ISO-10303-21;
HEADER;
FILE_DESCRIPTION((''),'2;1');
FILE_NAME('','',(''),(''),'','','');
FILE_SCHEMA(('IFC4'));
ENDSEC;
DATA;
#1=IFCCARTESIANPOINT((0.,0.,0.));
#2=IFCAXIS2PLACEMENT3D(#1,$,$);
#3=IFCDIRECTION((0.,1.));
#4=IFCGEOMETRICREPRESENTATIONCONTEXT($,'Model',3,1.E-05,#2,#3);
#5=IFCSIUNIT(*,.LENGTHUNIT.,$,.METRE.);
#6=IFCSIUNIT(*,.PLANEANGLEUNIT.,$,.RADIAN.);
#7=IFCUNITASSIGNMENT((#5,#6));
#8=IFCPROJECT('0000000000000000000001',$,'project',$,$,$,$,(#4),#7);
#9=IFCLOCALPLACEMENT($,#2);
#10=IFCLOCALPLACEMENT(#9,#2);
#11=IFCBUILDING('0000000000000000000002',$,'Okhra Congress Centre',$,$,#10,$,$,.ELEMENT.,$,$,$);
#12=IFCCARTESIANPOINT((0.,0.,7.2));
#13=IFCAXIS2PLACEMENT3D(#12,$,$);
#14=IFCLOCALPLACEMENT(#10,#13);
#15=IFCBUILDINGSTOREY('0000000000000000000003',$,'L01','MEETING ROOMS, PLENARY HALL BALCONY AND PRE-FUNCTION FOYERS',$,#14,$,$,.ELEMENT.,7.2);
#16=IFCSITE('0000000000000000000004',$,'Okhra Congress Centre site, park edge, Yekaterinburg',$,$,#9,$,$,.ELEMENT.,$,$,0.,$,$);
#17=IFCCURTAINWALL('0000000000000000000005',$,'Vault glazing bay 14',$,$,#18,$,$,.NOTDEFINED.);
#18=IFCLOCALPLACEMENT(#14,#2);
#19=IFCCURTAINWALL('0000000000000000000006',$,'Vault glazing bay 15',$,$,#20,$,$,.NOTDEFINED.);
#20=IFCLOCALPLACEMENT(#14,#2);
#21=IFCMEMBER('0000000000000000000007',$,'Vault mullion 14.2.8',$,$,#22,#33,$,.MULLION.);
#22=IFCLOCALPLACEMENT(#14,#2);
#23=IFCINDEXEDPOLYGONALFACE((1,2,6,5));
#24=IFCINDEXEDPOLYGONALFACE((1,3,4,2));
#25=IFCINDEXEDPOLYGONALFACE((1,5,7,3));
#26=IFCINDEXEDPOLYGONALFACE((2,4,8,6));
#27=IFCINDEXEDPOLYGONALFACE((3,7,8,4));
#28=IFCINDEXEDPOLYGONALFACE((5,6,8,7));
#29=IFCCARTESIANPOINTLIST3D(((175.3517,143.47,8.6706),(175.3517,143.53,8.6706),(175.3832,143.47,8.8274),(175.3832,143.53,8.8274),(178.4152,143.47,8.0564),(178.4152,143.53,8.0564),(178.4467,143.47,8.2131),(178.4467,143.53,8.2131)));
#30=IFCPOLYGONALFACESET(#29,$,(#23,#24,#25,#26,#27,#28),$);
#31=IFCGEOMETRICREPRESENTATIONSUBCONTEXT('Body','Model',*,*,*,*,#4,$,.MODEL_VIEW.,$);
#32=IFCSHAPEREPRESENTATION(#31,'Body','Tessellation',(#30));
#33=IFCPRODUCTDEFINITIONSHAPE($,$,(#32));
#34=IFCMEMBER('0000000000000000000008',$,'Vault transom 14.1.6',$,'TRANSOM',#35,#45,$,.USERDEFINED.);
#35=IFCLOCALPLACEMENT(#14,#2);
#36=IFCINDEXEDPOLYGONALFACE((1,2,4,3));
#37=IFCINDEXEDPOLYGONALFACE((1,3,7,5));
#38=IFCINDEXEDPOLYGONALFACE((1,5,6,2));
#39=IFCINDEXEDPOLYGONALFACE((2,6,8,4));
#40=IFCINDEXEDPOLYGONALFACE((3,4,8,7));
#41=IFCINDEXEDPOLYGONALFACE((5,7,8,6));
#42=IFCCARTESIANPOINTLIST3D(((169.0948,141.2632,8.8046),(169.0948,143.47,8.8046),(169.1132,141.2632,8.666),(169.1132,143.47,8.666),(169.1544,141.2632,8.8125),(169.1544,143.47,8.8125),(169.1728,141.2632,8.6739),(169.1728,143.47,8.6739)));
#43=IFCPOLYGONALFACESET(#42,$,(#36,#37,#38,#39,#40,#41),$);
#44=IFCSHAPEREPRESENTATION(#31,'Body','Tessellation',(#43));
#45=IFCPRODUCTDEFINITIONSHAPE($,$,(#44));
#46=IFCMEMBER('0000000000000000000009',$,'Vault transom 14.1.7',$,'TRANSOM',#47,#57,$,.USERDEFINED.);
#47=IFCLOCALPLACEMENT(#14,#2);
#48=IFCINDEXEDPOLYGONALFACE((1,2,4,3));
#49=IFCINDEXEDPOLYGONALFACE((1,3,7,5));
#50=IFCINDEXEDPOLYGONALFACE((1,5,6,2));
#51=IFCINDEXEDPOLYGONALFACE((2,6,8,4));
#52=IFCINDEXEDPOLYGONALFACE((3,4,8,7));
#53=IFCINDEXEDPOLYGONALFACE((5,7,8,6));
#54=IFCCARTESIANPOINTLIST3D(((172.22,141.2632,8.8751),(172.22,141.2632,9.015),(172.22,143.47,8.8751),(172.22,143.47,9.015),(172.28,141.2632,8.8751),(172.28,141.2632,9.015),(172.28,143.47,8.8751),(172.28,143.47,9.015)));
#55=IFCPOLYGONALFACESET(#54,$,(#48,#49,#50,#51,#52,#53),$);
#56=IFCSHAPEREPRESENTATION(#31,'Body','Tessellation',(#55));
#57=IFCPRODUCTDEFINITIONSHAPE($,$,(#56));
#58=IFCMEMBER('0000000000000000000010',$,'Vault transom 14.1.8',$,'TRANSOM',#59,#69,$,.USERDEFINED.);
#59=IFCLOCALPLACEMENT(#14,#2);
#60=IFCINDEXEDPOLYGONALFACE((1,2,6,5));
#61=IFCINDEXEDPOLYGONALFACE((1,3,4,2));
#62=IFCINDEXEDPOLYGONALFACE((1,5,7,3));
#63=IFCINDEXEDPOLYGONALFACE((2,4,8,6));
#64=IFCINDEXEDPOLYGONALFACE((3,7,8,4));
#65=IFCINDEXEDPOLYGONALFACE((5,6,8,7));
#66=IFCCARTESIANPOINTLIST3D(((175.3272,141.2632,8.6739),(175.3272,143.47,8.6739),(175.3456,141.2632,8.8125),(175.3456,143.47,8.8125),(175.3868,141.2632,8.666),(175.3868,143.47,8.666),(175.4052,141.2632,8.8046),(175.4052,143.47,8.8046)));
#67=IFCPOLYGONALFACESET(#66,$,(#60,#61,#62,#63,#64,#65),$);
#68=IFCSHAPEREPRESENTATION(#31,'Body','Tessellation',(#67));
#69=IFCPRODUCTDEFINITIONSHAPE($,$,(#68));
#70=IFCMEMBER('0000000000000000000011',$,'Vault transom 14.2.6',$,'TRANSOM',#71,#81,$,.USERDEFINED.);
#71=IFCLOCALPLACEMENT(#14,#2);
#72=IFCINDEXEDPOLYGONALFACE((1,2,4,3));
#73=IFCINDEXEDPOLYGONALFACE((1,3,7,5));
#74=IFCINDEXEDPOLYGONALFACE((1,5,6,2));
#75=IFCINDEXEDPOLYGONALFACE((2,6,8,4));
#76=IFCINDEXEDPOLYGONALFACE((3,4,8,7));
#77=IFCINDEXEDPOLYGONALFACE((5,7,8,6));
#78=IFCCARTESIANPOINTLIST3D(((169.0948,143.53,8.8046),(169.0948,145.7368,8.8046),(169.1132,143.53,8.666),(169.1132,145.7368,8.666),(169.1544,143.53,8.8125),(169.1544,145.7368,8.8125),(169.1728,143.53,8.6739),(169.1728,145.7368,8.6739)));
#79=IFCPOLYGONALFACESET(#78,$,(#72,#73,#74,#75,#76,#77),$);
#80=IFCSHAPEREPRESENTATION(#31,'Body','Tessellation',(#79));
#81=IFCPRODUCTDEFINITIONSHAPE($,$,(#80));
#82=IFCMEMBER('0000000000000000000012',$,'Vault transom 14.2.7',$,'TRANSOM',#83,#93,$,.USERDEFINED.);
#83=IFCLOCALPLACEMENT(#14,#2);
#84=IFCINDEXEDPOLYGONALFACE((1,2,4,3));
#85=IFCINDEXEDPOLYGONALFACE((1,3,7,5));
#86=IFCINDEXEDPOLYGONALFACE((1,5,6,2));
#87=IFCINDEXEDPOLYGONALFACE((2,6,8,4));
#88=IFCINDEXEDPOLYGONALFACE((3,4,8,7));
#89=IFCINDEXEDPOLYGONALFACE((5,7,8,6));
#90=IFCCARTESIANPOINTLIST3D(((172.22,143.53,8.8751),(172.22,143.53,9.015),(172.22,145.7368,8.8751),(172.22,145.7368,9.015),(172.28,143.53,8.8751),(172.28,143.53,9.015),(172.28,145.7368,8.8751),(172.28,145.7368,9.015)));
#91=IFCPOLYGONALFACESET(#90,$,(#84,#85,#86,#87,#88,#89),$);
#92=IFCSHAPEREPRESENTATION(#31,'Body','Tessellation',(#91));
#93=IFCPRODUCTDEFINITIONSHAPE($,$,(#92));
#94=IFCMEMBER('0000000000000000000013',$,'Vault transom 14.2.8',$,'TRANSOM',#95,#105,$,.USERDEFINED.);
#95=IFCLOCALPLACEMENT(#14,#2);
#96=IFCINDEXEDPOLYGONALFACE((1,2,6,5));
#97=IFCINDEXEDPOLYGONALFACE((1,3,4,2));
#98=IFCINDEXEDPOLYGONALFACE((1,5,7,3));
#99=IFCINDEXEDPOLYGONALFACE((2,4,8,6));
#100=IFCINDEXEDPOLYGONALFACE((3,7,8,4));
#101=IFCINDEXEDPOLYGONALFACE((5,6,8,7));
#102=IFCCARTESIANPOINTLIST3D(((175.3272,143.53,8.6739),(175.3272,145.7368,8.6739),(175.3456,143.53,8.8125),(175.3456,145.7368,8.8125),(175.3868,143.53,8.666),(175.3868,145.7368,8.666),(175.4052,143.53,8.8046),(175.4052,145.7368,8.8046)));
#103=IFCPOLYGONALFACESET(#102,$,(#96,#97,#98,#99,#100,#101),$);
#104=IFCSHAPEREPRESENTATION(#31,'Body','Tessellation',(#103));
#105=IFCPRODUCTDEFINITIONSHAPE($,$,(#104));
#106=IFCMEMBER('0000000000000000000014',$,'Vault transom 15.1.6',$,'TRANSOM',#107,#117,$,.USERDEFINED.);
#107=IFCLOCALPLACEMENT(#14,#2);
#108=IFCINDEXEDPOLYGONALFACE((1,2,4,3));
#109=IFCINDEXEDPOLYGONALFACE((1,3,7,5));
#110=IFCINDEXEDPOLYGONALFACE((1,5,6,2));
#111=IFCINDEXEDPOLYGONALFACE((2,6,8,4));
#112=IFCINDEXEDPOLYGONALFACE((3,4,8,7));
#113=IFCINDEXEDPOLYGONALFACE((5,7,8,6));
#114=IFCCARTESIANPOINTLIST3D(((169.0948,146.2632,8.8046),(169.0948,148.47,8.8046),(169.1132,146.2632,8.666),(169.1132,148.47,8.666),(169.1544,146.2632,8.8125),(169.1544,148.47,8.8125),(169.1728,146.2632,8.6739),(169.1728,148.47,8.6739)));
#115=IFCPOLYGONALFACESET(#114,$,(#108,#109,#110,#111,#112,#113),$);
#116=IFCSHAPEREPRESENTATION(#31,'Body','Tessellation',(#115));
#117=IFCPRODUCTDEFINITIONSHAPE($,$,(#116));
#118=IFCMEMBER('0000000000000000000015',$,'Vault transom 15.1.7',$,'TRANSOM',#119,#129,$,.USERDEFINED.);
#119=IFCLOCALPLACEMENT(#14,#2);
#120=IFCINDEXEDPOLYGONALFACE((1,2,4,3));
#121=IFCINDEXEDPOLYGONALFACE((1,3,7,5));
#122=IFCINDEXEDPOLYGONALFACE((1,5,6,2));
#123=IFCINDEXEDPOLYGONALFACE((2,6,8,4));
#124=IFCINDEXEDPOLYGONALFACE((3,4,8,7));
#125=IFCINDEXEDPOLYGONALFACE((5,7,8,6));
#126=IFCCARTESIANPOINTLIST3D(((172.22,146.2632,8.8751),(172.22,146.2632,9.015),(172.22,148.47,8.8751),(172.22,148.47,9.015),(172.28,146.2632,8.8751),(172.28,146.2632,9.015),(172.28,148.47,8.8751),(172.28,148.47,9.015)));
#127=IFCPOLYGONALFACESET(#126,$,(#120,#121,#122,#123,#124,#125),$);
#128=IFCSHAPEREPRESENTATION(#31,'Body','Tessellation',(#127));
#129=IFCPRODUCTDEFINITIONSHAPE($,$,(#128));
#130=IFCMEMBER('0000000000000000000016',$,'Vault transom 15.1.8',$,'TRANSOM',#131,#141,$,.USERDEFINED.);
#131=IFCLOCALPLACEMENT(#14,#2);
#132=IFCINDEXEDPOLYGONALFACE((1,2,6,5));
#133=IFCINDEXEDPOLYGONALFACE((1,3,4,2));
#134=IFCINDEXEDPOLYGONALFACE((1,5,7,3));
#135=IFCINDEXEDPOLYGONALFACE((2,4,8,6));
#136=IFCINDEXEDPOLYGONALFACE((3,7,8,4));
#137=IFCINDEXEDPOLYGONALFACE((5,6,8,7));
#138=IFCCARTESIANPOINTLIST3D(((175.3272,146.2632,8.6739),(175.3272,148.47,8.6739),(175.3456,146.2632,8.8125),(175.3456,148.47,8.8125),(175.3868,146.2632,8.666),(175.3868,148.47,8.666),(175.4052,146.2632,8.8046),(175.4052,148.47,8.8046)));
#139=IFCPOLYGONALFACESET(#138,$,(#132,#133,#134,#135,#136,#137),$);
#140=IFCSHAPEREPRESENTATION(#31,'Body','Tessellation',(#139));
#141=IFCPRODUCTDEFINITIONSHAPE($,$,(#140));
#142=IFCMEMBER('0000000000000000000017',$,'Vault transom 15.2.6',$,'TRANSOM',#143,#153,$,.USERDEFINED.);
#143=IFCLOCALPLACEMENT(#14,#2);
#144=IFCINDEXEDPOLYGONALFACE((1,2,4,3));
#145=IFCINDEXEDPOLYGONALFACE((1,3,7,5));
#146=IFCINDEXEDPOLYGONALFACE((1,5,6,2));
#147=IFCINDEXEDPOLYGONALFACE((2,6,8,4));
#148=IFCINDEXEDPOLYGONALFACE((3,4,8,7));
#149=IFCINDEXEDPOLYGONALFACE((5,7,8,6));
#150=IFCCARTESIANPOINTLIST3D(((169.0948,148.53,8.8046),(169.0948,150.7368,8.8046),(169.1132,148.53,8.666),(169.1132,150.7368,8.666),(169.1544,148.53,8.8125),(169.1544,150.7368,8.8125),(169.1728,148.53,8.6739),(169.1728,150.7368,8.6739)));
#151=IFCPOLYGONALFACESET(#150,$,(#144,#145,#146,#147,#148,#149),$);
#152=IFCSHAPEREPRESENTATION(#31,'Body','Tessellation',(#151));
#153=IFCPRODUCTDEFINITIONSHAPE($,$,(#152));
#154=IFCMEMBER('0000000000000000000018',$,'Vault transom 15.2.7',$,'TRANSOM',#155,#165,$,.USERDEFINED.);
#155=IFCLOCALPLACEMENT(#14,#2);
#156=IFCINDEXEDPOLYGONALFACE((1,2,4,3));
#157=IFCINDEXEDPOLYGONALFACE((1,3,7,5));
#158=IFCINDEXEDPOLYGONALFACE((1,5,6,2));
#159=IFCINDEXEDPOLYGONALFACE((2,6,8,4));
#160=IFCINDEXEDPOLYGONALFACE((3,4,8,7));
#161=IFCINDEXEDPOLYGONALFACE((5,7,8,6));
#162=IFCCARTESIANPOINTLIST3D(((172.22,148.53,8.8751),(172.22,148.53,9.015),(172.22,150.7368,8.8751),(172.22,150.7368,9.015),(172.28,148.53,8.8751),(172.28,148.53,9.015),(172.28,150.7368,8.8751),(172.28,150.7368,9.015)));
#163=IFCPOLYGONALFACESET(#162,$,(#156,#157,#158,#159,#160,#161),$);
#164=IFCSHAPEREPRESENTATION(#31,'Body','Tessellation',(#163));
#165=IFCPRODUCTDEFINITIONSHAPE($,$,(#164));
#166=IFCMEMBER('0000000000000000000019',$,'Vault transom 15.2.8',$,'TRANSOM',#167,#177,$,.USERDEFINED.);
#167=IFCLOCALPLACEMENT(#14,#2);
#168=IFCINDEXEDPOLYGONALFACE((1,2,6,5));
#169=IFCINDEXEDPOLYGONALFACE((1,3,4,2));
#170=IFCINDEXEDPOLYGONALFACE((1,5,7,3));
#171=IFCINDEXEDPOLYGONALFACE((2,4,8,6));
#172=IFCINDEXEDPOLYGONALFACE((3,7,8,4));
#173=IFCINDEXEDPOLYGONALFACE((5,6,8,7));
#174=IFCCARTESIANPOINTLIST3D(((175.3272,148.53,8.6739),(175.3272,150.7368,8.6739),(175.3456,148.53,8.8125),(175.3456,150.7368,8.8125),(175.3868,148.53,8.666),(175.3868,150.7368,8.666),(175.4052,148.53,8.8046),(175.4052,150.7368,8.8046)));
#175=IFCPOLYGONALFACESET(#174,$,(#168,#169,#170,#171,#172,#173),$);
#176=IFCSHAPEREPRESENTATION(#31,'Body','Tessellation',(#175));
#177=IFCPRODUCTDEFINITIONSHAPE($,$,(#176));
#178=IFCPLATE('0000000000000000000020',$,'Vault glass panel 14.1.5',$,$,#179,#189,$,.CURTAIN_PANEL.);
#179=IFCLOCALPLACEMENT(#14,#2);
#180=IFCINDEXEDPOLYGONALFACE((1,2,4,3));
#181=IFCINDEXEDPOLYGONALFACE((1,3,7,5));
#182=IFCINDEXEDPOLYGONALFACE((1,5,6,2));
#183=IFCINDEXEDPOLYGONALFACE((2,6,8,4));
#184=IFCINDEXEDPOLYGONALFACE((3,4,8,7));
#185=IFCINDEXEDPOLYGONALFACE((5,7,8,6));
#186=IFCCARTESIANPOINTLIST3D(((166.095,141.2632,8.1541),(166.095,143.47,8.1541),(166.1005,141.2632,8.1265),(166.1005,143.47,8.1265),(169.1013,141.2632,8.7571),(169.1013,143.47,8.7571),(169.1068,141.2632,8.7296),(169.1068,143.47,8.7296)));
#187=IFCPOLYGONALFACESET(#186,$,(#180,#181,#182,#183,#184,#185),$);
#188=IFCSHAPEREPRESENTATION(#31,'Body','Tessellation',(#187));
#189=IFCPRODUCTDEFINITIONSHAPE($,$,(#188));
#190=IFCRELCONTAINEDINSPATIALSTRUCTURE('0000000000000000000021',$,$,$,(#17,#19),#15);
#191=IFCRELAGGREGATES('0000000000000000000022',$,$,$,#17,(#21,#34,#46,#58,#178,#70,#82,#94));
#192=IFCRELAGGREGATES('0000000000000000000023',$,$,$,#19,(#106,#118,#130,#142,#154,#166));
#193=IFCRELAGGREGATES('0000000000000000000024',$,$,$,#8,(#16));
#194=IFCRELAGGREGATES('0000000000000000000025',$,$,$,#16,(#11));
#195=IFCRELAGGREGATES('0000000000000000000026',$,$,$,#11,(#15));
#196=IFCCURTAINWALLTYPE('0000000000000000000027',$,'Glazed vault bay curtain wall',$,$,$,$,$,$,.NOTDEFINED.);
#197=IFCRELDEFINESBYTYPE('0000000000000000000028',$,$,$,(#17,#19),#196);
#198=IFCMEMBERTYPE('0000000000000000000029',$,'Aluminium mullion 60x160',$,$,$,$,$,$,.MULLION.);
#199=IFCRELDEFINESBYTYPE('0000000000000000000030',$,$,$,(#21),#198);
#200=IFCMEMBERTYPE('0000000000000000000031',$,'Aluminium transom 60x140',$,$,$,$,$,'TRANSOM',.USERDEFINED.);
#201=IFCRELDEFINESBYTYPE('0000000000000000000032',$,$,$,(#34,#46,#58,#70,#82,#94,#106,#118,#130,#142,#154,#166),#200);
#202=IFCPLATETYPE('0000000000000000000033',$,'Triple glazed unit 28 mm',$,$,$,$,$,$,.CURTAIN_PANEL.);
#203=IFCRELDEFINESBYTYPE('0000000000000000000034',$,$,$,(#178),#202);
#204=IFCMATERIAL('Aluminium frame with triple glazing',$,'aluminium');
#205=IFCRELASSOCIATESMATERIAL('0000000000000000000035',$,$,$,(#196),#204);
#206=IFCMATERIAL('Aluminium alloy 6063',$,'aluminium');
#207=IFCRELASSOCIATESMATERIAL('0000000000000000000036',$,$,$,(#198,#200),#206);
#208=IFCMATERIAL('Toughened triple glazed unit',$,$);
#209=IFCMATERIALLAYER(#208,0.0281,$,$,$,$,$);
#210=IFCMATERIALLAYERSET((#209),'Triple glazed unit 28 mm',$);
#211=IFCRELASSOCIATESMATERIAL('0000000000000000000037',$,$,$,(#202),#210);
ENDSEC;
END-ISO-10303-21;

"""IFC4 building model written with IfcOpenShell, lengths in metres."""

from ifc_helpers import new_model, si_unit, direction, frame, origin, origin_2d, place, context, subcontext, project, spatial, polyline, rectangle, outline, extrude, material, layer, layer_set, material_profile, profile_set, type_object, element, aggregate, save


model = new_model("IFC4")

# Units and contexts
model_context = context("Model", 3, precision=1e-05, world=origin(), true_north=direction((0.0, 1.0)))
body_context = subcontext(model_context, "Body", "Model", "MODEL_VIEW")
ifc_project = project(units=[si_unit("LENGTHUNIT", "METRE"), si_unit("PLANEANGLEUNIT", "RADIAN")], contexts=[model_context])

# Site, building, storey
site_placement = place(None, origin())
site = spatial("IfcSite", under=ifc_project, at=site_placement, Name="Okhra Congress Centre site, park edge, Yekaterinburg", CompositionType="ELEMENT", RefElevation=0.0)
building_placement = place(site_placement, origin())
building = spatial("IfcBuilding", under=site, at=building_placement, Name="Okhra Congress Centre", CompositionType="ELEMENT")
storey_placement = place(building_placement, frame((0.0, 0.0, 7.2)))
storey = spatial("IfcBuildingStorey", under=building, at=storey_placement, Name="L01", Description="MEETING ROOMS, PLENARY HALL BALCONY AND PRE-FUNCTION FOYERS", CompositionType="ELEMENT", Elevation=7.2)

# Curtain walls
ifc_material_1 = material(Name="Aluminium frame with triple glazing", Category="aluminium")
curtain_wall_type = type_object("IfcCurtainWallType", Name="Glazed vault bay curtain wall", PredefinedType="NOTDEFINED", material=ifc_material_1)
curtain_wall_1_placement = place(storey_placement, origin())
curtain_wall_1 = element("IfcCurtainWall", 1, at=curtain_wall_1_placement, inside=storey, type_object=curtain_wall_type, Name="Vault glazing bay 14", PredefinedType="NOTDEFINED")
ifc_material_2 = material(Name="Aluminium alloy 6063", Category="aluminium")
curtain_wall_2_placement = place(storey_placement, origin())
curtain_wall_2 = element("IfcCurtainWall", 2, at=curtain_wall_2_placement, inside=storey, type_object=curtain_wall_type, Name="Vault glazing bay 15", PredefinedType="NOTDEFINED")

# Members
ifc_material_profile_1 = material_profile(ifc_material_2, rectangle(XDim=0.0601, YDim=0.1599, at=origin_2d()), Name="AL 60x160")
ifc_profile_set_1 = profile_set([ifc_material_profile_1], Name="Aluminium alloy 6063")
member_type_1 = type_object("IfcMemberType", Name="Aluminium mullion 60x160", PredefinedType="MULLION", material=ifc_profile_set_1)
member_1_placement = place(storey_placement, frame((175.3674, 143.5, 8.749), z_axis=(0.980484, 0.0, -0.196597), x_axis=(0.0, 1.0, 0.0)))
member_1 = element("IfcMember", 3, at=member_1_placement, type_object=member_type_1, Name="Vault mullion 14.2.8", PredefinedType="MULLION", context=body_context, shape_type="SweptSolid", body=[
    extrude(rectangle(XDim=0.0601, YDim=0.1599, at=origin_2d()), origin(), (0.0, 0.0, 1.0), 3.1245),
])
ifc_material_profile_2 = material_profile(ifc_material_2, rectangle(XDim=0.0601, YDim=0.1399, at=origin_2d()), Name="AL 60x140 transom")
ifc_profile_set_2 = profile_set([ifc_material_profile_2], Name="Aluminium alloy 6063")
member_type_2 = type_object("IfcMemberType", Name="Aluminium transom 60x140", ElementType="TRANSOM", PredefinedType="USERDEFINED", material=ifc_profile_set_2)
member_2_placement = place(storey_placement, frame((169.1338, 141.2632, 8.7393), z_axis=(0.0, 1.0, 0.0), x_axis=(-0.991307, 0.0, -0.131568)))
member_2 = element("IfcMember", 4, at=member_2_placement, type_object=member_type_2, Name="Vault transom 14.1.6", ObjectType="TRANSOM", PredefinedType="USERDEFINED", context=body_context, shape_type="SweptSolid", body=[
    extrude(rectangle(XDim=0.0601, YDim=0.1399, at=origin_2d()), origin(), (0.0, 0.0, 1.0), 2.2068),
])
member_3_placement = place(storey_placement, frame((172.25, 141.2632, 8.9451), z_axis=(0.0, 1.0, 0.0), x_axis=(-1.0, 0.0, 0.0)))
member_3 = element("IfcMember", 5, at=member_3_placement, type_object=member_type_2, Name="Vault transom 14.1.7", ObjectType="TRANSOM", PredefinedType="USERDEFINED", context=body_context, shape_type="SweptSolid", body=[
    extrude(rectangle(XDim=0.0601, YDim=0.1399, at=origin_2d()), origin(), (0.0, 0.0, 1.0), 2.2068),
])
member_4_placement = place(storey_placement, frame((175.3662, 141.2632, 8.7393), z_axis=(0.0, 1.0, 0.0), x_axis=(-0.991307, 0.0, 0.131568)))
member_4 = element("IfcMember", 6, at=member_4_placement, type_object=member_type_2, Name="Vault transom 14.1.8", ObjectType="TRANSOM", PredefinedType="USERDEFINED", context=body_context, shape_type="SweptSolid", body=[
    extrude(rectangle(XDim=0.0601, YDim=0.1399, at=origin_2d()), origin(), (0.0, 0.0, 1.0), 2.2068),
])
member_5_placement = place(storey_placement, frame((169.1338, 143.53, 8.7393), z_axis=(0.0, 1.0, 0.0), x_axis=(-0.991307, 0.0, -0.131568)))
member_5 = element("IfcMember", 7, at=member_5_placement, type_object=member_type_2, Name="Vault transom 14.2.6", ObjectType="TRANSOM", PredefinedType="USERDEFINED", context=body_context, shape_type="SweptSolid", body=[
    extrude(rectangle(XDim=0.0601, YDim=0.1399, at=origin_2d()), origin(), (0.0, 0.0, 1.0), 2.2068),
])
member_6_placement = place(storey_placement, frame((172.25, 143.53, 8.9451), z_axis=(0.0, 1.0, 0.0), x_axis=(-1.0, 0.0, 0.0)))
member_6 = element("IfcMember", 8, at=member_6_placement, type_object=member_type_2, Name="Vault transom 14.2.7", ObjectType="TRANSOM", PredefinedType="USERDEFINED", context=body_context, shape_type="SweptSolid", body=[
    extrude(rectangle(XDim=0.0601, YDim=0.1399, at=origin_2d()), origin(), (0.0, 0.0, 1.0), 2.2068),
])
member_7_placement = place(storey_placement, frame((175.3662, 143.53, 8.7393), z_axis=(0.0, 1.0, 0.0), x_axis=(-0.991307, 0.0, 0.131568)))
member_7 = element("IfcMember", 9, at=member_7_placement, type_object=member_type_2, Name="Vault transom 14.2.8", ObjectType="TRANSOM", PredefinedType="USERDEFINED", context=body_context, shape_type="SweptSolid", body=[
    extrude(rectangle(XDim=0.0601, YDim=0.1399, at=origin_2d()), origin(), (0.0, 0.0, 1.0), 2.2068),
])
member_8_placement = place(storey_placement, frame((169.1338, 146.2632, 8.7393), z_axis=(0.0, 1.0, 0.0), x_axis=(-0.991307, 0.0, -0.131568)))
member_8 = element("IfcMember", 10, at=member_8_placement, type_object=member_type_2, Name="Vault transom 15.1.6", ObjectType="TRANSOM", PredefinedType="USERDEFINED", context=body_context, shape_type="SweptSolid", body=[
    extrude(rectangle(XDim=0.0601, YDim=0.1399, at=origin_2d()), origin(), (0.0, 0.0, 1.0), 2.2068),
])
member_9_placement = place(storey_placement, frame((172.25, 146.2632, 8.9451), z_axis=(0.0, 1.0, 0.0), x_axis=(-1.0, 0.0, 0.0)))
member_9 = element("IfcMember", 11, at=member_9_placement, type_object=member_type_2, Name="Vault transom 15.1.7", ObjectType="TRANSOM", PredefinedType="USERDEFINED", context=body_context, shape_type="SweptSolid", body=[
    extrude(rectangle(XDim=0.0601, YDim=0.1399, at=origin_2d()), origin(), (0.0, 0.0, 1.0), 2.2068),
])
member_10_placement = place(storey_placement, frame((175.3662, 146.2632, 8.7393), z_axis=(0.0, 1.0, 0.0), x_axis=(-0.991307, 0.0, 0.131568)))
member_10 = element("IfcMember", 12, at=member_10_placement, type_object=member_type_2, Name="Vault transom 15.1.8", ObjectType="TRANSOM", PredefinedType="USERDEFINED", context=body_context, shape_type="SweptSolid", body=[
    extrude(rectangle(XDim=0.0601, YDim=0.1399, at=origin_2d()), origin(), (0.0, 0.0, 1.0), 2.2068),
])
member_11_placement = place(storey_placement, frame((169.1338, 148.53, 8.7393), z_axis=(0.0, 1.0, 0.0), x_axis=(-0.991307, 0.0, -0.131568)))
member_11 = element("IfcMember", 13, at=member_11_placement, type_object=member_type_2, Name="Vault transom 15.2.6", ObjectType="TRANSOM", PredefinedType="USERDEFINED", context=body_context, shape_type="SweptSolid", body=[
    extrude(rectangle(XDim=0.0601, YDim=0.1399, at=origin_2d()), origin(), (0.0, 0.0, 1.0), 2.2068),
])
member_12_placement = place(storey_placement, frame((172.25, 148.53, 8.9451), z_axis=(0.0, 1.0, 0.0), x_axis=(-1.0, 0.0, 0.0)))
member_12 = element("IfcMember", 14, at=member_12_placement, type_object=member_type_2, Name="Vault transom 15.2.7", ObjectType="TRANSOM", PredefinedType="USERDEFINED", context=body_context, shape_type="SweptSolid", body=[
    extrude(rectangle(XDim=0.0601, YDim=0.1399, at=origin_2d()), origin(), (0.0, 0.0, 1.0), 2.2068),
])
member_13_placement = place(storey_placement, frame((175.3662, 148.53, 8.7393), z_axis=(0.0, 1.0, 0.0), x_axis=(-0.991307, 0.0, 0.131568)))
member_13 = element("IfcMember", 15, at=member_13_placement, type_object=member_type_2, Name="Vault transom 15.2.8", ObjectType="TRANSOM", PredefinedType="USERDEFINED", context=body_context, shape_type="SweptSolid", body=[
    extrude(rectangle(XDim=0.0601, YDim=0.1399, at=origin_2d()), origin(), (0.0, 0.0, 1.0), 2.2068),
])

# Plate
ifc_material_3 = material(Name="Toughened triple glazed unit")
ifc_layer = layer(ifc_material_3, 0.0281)
ifc_layer_set = layer_set([ifc_layer], Name="Triple glazed unit 28 mm")
plate_type = type_object("IfcPlateType", Name="Triple glazed unit 28 mm", PredefinedType="CURTAIN_PANEL", material=ifc_layer_set)
plate_1_placement = place(storey_placement, frame((166.095, 141.2632, 8.1541), z_axis=(-0.196667, 0.0, 0.98047), x_axis=(0.98047, 0.0, 0.196667)))
plate_1 = element("IfcPlate", 16, at=plate_1_placement, type_object=plate_type, Name="Vault glass panel 14.1.5", PredefinedType="CURTAIN_PANEL", context=body_context, shape_type="SweptSolid", body=[
    extrude(outline(polyline([(0.0, 0.0), (3.0662, 0.0), (3.0662, 2.2068), (0.0, 2.2068), (0.0, 0.0)])), origin(), (0.0, 0.0, -1.0), 0.0281),
])
aggregate(curtain_wall_1, [member_1, member_2, member_3, member_4, plate_1, member_5, member_6, member_7])
aggregate(curtain_wall_2, [member_8, member_9, member_10, member_11, member_12, member_13])

save(model, "model.ifc")
